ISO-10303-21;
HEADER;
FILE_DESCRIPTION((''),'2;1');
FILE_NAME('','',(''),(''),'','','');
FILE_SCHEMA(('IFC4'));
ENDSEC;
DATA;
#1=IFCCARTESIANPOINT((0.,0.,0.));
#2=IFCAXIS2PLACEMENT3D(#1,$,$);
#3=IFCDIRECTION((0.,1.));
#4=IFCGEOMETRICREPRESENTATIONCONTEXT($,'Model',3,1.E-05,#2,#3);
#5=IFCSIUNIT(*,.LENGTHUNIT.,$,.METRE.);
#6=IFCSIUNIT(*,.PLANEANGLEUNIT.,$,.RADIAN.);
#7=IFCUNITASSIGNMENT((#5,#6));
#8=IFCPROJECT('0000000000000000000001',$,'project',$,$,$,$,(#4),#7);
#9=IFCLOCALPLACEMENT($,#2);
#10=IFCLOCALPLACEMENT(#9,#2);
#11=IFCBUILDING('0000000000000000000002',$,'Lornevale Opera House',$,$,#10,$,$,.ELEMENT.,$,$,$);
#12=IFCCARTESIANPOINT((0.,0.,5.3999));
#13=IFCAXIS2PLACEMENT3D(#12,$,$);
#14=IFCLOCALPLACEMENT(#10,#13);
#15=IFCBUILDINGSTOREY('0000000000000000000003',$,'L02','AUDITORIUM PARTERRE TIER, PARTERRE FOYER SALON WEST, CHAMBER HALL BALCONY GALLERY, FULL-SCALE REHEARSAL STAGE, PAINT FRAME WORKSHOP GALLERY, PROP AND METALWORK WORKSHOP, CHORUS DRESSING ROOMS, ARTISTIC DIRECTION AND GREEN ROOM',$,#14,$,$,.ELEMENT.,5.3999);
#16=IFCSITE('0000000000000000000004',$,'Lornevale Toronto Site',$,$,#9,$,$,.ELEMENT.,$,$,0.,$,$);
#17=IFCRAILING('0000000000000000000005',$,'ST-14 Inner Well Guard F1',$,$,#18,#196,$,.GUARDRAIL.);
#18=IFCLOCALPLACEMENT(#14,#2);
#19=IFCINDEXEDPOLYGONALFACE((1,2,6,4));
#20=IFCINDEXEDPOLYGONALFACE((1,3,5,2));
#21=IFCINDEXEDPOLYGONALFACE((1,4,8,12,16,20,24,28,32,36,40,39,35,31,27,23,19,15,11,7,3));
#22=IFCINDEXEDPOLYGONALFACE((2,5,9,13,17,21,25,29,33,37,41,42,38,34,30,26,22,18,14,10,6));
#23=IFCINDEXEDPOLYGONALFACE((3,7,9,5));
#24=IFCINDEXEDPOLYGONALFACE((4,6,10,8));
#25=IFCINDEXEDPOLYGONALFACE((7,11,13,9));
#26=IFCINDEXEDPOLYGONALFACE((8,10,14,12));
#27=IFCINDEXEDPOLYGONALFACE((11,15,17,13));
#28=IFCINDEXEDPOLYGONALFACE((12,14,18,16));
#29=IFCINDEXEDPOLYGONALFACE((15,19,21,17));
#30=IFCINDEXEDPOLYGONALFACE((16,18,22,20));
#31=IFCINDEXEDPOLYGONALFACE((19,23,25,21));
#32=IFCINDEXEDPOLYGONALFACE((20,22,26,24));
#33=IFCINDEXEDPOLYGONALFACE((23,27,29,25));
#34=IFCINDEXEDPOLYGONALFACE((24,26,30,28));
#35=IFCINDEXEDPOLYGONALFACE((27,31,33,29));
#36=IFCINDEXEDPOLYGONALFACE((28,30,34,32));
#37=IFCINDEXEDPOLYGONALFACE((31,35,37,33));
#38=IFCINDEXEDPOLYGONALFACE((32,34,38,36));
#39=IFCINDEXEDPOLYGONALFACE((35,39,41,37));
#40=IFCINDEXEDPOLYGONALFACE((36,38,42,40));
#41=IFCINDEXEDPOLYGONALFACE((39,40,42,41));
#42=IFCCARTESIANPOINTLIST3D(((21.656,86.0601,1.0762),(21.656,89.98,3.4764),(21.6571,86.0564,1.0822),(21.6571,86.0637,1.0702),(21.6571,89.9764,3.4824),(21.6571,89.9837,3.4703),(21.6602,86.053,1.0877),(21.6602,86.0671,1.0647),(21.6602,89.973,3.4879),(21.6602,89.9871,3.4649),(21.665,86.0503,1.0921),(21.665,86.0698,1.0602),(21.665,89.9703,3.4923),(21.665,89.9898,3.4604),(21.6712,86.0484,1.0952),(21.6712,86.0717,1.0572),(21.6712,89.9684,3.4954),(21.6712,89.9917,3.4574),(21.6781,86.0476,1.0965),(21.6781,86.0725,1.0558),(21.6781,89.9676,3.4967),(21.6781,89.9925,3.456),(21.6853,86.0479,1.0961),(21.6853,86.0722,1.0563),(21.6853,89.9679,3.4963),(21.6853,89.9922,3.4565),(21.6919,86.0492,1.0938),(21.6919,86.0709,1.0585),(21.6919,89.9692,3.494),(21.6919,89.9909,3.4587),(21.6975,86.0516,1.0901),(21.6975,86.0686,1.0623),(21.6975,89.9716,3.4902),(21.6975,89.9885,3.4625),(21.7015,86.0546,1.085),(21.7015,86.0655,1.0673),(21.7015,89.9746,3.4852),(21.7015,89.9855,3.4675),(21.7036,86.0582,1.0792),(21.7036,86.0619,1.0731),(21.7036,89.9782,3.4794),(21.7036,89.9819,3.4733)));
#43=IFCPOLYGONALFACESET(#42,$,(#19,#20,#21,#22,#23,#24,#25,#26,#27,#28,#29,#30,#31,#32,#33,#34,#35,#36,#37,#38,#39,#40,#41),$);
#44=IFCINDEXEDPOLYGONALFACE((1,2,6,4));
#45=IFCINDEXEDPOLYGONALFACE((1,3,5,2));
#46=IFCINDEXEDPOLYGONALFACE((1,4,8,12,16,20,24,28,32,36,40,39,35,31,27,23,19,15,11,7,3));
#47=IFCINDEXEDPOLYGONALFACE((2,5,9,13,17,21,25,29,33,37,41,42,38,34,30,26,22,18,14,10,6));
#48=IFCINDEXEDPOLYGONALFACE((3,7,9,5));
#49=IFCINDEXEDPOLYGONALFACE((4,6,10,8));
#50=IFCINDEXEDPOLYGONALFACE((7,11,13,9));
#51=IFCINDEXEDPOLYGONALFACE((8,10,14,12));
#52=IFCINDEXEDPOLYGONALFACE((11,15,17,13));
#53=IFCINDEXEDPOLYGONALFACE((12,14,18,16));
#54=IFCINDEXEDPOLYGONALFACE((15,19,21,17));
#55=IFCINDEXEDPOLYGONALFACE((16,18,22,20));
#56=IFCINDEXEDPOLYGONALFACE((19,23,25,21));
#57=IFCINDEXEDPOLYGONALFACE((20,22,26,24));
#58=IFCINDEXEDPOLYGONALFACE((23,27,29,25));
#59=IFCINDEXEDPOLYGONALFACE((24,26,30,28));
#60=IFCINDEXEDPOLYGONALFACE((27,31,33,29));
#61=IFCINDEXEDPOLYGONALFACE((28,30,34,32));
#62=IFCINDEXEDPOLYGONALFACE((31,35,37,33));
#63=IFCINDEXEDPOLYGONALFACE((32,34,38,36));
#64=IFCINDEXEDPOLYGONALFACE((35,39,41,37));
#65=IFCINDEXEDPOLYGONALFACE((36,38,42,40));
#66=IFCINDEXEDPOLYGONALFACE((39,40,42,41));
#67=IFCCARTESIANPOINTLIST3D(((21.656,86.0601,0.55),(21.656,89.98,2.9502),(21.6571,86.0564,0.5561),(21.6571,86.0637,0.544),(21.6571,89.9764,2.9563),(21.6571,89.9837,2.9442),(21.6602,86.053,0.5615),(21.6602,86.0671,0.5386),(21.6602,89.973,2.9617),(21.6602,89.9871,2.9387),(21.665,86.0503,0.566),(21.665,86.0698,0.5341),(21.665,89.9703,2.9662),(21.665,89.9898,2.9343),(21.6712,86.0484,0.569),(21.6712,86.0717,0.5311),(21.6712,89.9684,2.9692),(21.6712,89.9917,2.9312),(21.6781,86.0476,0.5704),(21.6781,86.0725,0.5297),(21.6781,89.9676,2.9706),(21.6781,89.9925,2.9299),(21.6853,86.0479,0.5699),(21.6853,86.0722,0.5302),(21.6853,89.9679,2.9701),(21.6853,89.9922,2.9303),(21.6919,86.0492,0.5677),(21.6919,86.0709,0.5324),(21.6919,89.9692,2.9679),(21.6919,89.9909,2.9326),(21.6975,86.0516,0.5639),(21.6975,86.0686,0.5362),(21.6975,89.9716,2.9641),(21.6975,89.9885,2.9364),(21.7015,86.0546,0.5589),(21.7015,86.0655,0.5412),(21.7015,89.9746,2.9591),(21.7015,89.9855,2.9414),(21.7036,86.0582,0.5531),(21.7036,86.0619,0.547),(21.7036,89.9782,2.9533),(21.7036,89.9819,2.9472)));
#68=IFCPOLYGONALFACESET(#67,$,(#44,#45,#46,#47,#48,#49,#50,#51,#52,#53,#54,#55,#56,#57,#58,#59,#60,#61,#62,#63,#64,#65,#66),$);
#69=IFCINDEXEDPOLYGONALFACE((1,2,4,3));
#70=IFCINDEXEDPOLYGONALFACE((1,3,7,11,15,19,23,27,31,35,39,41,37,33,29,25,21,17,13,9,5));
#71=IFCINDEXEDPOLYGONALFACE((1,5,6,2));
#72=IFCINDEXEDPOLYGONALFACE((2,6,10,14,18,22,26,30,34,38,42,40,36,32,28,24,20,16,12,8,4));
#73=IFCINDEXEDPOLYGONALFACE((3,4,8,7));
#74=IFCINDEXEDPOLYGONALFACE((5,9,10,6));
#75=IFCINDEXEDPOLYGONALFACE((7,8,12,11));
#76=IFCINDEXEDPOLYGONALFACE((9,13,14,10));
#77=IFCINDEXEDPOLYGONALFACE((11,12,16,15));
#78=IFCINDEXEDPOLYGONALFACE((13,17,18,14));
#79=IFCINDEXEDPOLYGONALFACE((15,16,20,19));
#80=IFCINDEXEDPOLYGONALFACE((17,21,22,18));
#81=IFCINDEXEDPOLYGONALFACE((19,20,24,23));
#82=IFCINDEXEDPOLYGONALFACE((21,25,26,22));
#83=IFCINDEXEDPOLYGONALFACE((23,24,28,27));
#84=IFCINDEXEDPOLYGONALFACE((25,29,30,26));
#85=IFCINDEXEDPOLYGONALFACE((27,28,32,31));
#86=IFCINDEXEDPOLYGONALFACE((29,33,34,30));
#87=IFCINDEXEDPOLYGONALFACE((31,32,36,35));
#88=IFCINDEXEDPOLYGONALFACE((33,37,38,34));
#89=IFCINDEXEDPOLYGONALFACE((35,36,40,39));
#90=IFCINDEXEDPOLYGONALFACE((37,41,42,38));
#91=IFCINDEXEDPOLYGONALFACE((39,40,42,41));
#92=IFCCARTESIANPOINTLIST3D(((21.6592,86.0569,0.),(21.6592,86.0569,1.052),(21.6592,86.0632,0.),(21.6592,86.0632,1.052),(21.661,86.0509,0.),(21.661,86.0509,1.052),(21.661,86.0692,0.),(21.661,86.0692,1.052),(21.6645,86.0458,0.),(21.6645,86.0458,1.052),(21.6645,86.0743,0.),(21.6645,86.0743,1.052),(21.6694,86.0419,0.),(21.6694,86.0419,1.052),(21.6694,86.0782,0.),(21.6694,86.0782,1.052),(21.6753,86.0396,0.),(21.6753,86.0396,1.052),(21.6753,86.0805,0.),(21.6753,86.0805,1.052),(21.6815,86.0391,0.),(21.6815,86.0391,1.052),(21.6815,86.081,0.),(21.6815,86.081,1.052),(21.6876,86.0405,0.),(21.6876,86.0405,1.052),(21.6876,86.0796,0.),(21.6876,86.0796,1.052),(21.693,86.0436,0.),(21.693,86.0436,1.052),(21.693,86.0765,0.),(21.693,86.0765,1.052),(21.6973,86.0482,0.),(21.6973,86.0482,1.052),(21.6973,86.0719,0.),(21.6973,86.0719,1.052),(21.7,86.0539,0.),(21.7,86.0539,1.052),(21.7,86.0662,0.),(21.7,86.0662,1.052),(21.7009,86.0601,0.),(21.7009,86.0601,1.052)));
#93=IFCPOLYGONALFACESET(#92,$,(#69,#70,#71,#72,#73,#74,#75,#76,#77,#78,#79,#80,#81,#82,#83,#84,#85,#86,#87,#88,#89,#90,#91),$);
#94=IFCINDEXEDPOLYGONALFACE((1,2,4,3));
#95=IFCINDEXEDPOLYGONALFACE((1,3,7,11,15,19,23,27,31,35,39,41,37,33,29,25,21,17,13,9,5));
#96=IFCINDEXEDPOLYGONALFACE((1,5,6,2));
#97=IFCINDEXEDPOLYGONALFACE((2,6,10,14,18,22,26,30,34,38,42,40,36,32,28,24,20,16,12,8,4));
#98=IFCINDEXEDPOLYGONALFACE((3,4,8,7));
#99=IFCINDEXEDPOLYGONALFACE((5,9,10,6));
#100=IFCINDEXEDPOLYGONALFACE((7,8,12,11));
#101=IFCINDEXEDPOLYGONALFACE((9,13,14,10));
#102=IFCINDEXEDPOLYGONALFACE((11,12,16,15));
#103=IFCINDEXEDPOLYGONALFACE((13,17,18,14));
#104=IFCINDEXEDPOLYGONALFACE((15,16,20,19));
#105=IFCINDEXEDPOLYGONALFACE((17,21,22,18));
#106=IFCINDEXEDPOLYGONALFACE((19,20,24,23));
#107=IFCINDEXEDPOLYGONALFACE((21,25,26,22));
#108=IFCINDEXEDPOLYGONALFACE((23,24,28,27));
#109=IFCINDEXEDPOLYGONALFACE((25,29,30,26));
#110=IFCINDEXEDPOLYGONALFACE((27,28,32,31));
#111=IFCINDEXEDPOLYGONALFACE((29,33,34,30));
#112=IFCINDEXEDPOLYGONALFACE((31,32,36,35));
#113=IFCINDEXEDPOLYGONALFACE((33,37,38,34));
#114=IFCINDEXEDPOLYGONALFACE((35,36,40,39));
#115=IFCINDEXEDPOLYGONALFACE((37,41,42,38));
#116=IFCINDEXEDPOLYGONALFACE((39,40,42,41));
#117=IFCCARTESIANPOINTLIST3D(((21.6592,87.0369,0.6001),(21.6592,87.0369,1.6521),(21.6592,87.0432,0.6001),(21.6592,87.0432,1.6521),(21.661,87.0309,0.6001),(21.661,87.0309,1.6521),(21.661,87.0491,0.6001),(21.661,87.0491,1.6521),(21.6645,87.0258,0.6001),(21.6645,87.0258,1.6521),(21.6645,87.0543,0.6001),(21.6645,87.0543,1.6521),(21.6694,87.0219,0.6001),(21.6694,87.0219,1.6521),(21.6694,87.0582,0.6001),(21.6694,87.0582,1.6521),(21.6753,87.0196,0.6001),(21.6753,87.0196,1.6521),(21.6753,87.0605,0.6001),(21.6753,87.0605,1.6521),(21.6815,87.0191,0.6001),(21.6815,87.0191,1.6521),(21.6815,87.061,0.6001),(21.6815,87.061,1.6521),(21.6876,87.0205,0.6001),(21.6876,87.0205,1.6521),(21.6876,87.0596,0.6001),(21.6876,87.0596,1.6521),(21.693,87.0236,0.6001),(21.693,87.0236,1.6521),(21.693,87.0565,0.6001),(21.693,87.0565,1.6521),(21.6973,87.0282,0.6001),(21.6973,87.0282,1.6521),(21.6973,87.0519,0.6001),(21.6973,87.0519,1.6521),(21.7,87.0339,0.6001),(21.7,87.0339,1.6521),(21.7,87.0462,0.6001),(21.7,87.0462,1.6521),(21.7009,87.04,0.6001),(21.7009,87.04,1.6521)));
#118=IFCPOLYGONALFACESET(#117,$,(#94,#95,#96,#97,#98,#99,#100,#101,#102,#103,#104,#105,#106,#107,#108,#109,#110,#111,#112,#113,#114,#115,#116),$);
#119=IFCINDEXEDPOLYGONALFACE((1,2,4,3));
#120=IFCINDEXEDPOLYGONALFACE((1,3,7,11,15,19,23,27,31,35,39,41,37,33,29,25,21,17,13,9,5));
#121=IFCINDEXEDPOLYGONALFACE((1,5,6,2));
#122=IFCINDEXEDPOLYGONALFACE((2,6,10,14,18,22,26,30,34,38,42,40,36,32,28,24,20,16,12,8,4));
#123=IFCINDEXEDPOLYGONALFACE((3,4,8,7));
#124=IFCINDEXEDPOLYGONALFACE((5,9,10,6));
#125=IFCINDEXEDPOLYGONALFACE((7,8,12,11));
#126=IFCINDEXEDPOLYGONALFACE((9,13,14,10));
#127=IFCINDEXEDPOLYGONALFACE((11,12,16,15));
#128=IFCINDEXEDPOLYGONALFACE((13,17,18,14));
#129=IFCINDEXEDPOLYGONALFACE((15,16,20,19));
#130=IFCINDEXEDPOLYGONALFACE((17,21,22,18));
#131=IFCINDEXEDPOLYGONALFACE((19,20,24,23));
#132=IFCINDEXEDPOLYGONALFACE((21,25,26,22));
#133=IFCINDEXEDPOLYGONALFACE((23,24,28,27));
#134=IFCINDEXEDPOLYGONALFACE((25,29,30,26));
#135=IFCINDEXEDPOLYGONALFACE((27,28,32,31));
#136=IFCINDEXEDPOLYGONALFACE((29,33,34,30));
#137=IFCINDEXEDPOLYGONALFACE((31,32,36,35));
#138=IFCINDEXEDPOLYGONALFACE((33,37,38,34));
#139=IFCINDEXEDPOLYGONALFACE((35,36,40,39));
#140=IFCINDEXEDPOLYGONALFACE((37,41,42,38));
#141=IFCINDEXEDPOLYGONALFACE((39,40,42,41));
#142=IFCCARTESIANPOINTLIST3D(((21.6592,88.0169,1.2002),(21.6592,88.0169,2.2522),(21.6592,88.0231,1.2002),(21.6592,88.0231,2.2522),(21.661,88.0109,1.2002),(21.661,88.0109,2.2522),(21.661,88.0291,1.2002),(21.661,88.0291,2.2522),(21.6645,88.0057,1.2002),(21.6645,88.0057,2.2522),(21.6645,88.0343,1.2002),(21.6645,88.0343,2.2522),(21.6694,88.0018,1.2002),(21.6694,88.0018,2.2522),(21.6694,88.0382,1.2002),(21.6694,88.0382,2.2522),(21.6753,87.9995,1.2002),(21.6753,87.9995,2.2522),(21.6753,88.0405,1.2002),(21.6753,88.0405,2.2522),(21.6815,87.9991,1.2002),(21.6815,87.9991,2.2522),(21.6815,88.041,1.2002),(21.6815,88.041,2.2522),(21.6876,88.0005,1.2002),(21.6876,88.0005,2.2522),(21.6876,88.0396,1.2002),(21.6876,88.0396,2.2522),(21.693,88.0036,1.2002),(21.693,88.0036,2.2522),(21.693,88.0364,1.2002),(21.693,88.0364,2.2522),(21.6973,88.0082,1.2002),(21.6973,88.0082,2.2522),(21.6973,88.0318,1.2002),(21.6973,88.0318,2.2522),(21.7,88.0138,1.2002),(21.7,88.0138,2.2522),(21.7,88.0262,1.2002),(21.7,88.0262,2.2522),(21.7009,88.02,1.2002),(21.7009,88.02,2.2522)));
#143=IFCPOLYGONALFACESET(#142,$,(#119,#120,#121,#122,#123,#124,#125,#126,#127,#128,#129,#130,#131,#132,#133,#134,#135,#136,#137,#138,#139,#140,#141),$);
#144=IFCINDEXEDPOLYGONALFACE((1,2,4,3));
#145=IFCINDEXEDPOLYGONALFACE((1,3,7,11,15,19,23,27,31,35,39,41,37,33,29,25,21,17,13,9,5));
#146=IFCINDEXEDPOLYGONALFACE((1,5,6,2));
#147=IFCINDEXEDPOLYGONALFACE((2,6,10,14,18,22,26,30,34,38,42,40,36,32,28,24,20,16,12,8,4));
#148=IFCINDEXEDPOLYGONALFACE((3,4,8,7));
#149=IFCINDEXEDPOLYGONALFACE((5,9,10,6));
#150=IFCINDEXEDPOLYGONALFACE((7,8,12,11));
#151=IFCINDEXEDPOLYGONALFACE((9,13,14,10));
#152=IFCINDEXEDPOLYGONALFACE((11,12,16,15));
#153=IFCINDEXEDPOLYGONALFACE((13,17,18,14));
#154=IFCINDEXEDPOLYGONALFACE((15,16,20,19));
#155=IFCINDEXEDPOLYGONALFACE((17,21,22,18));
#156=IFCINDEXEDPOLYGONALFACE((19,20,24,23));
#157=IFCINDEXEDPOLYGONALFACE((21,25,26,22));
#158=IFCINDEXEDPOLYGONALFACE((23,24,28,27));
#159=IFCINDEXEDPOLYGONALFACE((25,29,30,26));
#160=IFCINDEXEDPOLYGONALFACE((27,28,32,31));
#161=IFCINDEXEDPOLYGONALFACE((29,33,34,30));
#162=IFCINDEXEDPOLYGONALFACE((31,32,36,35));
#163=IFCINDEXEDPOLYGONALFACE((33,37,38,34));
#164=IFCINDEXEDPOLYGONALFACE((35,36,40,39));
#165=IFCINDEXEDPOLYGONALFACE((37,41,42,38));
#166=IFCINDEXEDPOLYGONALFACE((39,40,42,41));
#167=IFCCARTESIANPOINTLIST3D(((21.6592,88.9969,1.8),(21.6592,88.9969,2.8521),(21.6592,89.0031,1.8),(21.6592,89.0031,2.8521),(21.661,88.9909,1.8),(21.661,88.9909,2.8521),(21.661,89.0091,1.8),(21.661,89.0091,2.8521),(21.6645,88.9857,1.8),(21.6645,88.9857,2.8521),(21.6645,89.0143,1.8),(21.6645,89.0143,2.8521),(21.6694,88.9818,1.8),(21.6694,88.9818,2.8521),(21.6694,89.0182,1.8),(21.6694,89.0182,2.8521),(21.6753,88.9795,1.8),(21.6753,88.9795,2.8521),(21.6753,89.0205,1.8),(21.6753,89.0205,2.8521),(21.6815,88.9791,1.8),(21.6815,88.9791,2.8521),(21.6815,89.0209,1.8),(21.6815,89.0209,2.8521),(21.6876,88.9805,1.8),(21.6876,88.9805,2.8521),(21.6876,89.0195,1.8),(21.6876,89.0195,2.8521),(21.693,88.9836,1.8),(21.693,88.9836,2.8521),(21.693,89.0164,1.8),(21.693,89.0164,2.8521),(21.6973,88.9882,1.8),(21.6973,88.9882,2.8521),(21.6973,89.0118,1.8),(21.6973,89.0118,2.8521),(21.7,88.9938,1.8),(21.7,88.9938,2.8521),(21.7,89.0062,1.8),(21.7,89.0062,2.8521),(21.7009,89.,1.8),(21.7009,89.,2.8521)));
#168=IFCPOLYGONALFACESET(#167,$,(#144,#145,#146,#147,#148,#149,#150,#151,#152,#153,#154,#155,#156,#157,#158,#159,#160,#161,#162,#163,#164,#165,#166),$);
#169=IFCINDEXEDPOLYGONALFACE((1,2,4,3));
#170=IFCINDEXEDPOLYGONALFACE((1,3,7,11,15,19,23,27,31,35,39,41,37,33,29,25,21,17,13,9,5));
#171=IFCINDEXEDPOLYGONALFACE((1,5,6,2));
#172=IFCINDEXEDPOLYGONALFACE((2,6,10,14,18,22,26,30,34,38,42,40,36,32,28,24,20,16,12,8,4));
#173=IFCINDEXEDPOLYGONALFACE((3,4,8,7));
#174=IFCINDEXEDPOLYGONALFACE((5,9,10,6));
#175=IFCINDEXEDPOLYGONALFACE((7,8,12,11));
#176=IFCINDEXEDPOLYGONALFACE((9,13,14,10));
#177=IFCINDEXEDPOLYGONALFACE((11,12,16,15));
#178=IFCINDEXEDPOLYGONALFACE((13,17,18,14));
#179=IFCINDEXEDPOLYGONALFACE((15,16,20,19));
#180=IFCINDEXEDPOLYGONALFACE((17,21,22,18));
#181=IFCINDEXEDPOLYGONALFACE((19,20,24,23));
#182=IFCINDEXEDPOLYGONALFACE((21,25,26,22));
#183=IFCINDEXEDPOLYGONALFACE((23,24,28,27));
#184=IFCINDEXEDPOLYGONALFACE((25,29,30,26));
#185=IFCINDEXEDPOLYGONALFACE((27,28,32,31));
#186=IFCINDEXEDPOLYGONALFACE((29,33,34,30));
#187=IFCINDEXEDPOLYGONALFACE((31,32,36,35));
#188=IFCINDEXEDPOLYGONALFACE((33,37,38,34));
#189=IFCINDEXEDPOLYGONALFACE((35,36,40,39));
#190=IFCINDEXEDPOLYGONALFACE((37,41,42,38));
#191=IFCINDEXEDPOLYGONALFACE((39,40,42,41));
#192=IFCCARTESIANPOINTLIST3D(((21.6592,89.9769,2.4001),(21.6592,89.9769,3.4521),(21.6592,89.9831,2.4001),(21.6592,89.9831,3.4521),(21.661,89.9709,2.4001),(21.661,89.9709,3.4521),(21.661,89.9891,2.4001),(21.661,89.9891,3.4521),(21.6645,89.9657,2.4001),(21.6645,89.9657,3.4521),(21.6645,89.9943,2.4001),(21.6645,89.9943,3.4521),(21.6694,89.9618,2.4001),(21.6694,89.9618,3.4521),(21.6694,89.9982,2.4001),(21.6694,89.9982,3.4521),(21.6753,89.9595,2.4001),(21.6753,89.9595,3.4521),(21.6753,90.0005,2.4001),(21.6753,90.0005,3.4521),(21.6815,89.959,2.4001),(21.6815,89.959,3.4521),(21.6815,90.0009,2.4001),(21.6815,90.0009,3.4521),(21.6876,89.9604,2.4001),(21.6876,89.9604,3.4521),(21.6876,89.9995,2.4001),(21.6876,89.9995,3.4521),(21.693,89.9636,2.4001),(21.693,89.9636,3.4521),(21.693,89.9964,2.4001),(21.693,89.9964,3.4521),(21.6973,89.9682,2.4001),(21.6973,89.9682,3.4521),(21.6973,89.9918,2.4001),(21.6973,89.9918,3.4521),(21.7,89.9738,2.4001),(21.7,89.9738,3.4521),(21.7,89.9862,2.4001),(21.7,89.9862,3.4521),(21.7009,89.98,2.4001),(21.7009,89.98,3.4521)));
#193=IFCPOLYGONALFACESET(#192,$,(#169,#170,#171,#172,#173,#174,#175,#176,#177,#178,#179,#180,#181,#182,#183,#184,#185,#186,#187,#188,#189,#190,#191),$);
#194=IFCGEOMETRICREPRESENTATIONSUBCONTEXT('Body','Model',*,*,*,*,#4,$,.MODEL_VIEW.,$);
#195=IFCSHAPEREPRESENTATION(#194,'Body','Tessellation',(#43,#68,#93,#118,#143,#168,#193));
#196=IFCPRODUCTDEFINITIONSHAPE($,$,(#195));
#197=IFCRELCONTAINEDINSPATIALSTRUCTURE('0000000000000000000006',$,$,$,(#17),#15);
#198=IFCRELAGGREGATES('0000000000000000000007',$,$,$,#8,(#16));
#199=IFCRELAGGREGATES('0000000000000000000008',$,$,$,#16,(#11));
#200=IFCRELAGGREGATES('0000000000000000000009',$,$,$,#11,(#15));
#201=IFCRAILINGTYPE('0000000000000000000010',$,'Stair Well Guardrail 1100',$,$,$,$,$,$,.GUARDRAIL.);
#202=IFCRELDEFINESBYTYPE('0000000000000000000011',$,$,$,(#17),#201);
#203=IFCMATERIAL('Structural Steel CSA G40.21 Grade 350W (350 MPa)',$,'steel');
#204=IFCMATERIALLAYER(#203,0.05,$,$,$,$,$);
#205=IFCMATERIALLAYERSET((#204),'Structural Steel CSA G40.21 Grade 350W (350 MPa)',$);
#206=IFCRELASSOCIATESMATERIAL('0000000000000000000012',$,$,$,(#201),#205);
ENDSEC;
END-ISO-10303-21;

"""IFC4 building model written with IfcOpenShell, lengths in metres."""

from ifc_helpers import new_model, si_unit, direction, frame, origin, origin_2d, place, context, subcontext, project, spatial, circle, extrude, material, layer, layer_set, type_object, element, save


model = new_model("IFC4")

# Units and contexts
model_context = context("Model", 3, precision=1e-05, world=origin(), true_north=direction((0.0, 1.0)))
body_context = subcontext(model_context, "Body", "Model", "MODEL_VIEW")
ifc_project = project(units=[si_unit("LENGTHUNIT", "METRE"), si_unit("PLANEANGLEUNIT", "RADIAN")], contexts=[model_context])

# Site, building, storey
site_placement = place(None, origin())
site = spatial("IfcSite", under=ifc_project, at=site_placement, Name="Lornevale Toronto Site", CompositionType="ELEMENT", RefElevation=0.0)
building_placement = place(site_placement, origin())
building = spatial("IfcBuilding", under=site, at=building_placement, Name="Lornevale Opera House", CompositionType="ELEMENT")
storey_placement = place(building_placement, frame((0.0, 0.0, 5.3999)))
storey = spatial("IfcBuildingStorey", under=building, at=storey_placement, Name="L02", Description="AUDITORIUM PARTERRE TIER, PARTERRE FOYER SALON WEST, CHAMBER HALL BALCONY GALLERY, FULL-SCALE REHEARSAL STAGE, PAINT FRAME WORKSHOP GALLERY, PROP AND METALWORK WORKSHOP, CHORUS DRESSING ROOMS, ARTISTIC DIRECTION AND GREEN ROOM", CompositionType="ELEMENT", Elevation=5.3999)

# Shared definitions
ifc_material_1 = material(Name="Structural Steel CSA G40.21 Grade 350W (350 MPa)", Category="steel")

# Railing
ifc_layer_1 = layer(ifc_material_1, 0.05)
ifc_layer_set_1 = layer_set([ifc_layer_1], Name="Structural Steel CSA G40.21 Grade 350W (350 MPa)")
railing_type_1 = type_object("IfcRailingType", Name="Stair Well Guardrail 1100", PredefinedType="GUARDRAIL", material=ifc_layer_set_1)
railing_1_placement = place(storey_placement, frame((21.6799, 86.0601, 0.0)))
element("IfcRailing", 1, at=railing_1_placement, inside=storey, type_object=railing_type_1, Name="ST-14 Inner Well Guard F1", PredefinedType="GUARDRAIL", context=body_context, shape_type="SweptSolid", body=[
    extrude(circle(Radius=0.0239, at=origin_2d()), frame((0.0, 0.0, 1.0762), z_axis=(0.0, 0.852832, 0.522185), x_axis=(-1.0, 0.0, 0.0)), (0.0, 0.0, 1.0), 4.5964),
    extrude(circle(Radius=0.0239, at=origin_2d()), frame((0.0, 0.0, 0.55), z_axis=(0.0, 0.852832, 0.522185), x_axis=(-1.0, 0.0, 0.0)), (0.0, 0.0, 1.0), 4.5964),
    extrude(circle(Radius=0.021, at=origin_2d()), origin(), (0.0, 0.0, 1.0), 1.052),
    extrude(circle(Radius=0.021, at=origin_2d()), frame((0.0, 0.98, 0.6001)), (0.0, 0.0, 1.0), 1.052),
    extrude(circle(Radius=0.021, at=origin_2d()), frame((0.0, 1.96, 1.2002)), (0.0, 0.0, 1.0), 1.052),
    extrude(circle(Radius=0.021, at=origin_2d()), frame((0.0, 2.9399, 1.8)), (0.0, 0.0, 1.0), 1.052),
    extrude(circle(Radius=0.021, at=origin_2d()), frame((0.0, 3.9199, 2.4001)), (0.0, 0.0, 1.0), 1.052),
])

save(model, "model.ifc")
